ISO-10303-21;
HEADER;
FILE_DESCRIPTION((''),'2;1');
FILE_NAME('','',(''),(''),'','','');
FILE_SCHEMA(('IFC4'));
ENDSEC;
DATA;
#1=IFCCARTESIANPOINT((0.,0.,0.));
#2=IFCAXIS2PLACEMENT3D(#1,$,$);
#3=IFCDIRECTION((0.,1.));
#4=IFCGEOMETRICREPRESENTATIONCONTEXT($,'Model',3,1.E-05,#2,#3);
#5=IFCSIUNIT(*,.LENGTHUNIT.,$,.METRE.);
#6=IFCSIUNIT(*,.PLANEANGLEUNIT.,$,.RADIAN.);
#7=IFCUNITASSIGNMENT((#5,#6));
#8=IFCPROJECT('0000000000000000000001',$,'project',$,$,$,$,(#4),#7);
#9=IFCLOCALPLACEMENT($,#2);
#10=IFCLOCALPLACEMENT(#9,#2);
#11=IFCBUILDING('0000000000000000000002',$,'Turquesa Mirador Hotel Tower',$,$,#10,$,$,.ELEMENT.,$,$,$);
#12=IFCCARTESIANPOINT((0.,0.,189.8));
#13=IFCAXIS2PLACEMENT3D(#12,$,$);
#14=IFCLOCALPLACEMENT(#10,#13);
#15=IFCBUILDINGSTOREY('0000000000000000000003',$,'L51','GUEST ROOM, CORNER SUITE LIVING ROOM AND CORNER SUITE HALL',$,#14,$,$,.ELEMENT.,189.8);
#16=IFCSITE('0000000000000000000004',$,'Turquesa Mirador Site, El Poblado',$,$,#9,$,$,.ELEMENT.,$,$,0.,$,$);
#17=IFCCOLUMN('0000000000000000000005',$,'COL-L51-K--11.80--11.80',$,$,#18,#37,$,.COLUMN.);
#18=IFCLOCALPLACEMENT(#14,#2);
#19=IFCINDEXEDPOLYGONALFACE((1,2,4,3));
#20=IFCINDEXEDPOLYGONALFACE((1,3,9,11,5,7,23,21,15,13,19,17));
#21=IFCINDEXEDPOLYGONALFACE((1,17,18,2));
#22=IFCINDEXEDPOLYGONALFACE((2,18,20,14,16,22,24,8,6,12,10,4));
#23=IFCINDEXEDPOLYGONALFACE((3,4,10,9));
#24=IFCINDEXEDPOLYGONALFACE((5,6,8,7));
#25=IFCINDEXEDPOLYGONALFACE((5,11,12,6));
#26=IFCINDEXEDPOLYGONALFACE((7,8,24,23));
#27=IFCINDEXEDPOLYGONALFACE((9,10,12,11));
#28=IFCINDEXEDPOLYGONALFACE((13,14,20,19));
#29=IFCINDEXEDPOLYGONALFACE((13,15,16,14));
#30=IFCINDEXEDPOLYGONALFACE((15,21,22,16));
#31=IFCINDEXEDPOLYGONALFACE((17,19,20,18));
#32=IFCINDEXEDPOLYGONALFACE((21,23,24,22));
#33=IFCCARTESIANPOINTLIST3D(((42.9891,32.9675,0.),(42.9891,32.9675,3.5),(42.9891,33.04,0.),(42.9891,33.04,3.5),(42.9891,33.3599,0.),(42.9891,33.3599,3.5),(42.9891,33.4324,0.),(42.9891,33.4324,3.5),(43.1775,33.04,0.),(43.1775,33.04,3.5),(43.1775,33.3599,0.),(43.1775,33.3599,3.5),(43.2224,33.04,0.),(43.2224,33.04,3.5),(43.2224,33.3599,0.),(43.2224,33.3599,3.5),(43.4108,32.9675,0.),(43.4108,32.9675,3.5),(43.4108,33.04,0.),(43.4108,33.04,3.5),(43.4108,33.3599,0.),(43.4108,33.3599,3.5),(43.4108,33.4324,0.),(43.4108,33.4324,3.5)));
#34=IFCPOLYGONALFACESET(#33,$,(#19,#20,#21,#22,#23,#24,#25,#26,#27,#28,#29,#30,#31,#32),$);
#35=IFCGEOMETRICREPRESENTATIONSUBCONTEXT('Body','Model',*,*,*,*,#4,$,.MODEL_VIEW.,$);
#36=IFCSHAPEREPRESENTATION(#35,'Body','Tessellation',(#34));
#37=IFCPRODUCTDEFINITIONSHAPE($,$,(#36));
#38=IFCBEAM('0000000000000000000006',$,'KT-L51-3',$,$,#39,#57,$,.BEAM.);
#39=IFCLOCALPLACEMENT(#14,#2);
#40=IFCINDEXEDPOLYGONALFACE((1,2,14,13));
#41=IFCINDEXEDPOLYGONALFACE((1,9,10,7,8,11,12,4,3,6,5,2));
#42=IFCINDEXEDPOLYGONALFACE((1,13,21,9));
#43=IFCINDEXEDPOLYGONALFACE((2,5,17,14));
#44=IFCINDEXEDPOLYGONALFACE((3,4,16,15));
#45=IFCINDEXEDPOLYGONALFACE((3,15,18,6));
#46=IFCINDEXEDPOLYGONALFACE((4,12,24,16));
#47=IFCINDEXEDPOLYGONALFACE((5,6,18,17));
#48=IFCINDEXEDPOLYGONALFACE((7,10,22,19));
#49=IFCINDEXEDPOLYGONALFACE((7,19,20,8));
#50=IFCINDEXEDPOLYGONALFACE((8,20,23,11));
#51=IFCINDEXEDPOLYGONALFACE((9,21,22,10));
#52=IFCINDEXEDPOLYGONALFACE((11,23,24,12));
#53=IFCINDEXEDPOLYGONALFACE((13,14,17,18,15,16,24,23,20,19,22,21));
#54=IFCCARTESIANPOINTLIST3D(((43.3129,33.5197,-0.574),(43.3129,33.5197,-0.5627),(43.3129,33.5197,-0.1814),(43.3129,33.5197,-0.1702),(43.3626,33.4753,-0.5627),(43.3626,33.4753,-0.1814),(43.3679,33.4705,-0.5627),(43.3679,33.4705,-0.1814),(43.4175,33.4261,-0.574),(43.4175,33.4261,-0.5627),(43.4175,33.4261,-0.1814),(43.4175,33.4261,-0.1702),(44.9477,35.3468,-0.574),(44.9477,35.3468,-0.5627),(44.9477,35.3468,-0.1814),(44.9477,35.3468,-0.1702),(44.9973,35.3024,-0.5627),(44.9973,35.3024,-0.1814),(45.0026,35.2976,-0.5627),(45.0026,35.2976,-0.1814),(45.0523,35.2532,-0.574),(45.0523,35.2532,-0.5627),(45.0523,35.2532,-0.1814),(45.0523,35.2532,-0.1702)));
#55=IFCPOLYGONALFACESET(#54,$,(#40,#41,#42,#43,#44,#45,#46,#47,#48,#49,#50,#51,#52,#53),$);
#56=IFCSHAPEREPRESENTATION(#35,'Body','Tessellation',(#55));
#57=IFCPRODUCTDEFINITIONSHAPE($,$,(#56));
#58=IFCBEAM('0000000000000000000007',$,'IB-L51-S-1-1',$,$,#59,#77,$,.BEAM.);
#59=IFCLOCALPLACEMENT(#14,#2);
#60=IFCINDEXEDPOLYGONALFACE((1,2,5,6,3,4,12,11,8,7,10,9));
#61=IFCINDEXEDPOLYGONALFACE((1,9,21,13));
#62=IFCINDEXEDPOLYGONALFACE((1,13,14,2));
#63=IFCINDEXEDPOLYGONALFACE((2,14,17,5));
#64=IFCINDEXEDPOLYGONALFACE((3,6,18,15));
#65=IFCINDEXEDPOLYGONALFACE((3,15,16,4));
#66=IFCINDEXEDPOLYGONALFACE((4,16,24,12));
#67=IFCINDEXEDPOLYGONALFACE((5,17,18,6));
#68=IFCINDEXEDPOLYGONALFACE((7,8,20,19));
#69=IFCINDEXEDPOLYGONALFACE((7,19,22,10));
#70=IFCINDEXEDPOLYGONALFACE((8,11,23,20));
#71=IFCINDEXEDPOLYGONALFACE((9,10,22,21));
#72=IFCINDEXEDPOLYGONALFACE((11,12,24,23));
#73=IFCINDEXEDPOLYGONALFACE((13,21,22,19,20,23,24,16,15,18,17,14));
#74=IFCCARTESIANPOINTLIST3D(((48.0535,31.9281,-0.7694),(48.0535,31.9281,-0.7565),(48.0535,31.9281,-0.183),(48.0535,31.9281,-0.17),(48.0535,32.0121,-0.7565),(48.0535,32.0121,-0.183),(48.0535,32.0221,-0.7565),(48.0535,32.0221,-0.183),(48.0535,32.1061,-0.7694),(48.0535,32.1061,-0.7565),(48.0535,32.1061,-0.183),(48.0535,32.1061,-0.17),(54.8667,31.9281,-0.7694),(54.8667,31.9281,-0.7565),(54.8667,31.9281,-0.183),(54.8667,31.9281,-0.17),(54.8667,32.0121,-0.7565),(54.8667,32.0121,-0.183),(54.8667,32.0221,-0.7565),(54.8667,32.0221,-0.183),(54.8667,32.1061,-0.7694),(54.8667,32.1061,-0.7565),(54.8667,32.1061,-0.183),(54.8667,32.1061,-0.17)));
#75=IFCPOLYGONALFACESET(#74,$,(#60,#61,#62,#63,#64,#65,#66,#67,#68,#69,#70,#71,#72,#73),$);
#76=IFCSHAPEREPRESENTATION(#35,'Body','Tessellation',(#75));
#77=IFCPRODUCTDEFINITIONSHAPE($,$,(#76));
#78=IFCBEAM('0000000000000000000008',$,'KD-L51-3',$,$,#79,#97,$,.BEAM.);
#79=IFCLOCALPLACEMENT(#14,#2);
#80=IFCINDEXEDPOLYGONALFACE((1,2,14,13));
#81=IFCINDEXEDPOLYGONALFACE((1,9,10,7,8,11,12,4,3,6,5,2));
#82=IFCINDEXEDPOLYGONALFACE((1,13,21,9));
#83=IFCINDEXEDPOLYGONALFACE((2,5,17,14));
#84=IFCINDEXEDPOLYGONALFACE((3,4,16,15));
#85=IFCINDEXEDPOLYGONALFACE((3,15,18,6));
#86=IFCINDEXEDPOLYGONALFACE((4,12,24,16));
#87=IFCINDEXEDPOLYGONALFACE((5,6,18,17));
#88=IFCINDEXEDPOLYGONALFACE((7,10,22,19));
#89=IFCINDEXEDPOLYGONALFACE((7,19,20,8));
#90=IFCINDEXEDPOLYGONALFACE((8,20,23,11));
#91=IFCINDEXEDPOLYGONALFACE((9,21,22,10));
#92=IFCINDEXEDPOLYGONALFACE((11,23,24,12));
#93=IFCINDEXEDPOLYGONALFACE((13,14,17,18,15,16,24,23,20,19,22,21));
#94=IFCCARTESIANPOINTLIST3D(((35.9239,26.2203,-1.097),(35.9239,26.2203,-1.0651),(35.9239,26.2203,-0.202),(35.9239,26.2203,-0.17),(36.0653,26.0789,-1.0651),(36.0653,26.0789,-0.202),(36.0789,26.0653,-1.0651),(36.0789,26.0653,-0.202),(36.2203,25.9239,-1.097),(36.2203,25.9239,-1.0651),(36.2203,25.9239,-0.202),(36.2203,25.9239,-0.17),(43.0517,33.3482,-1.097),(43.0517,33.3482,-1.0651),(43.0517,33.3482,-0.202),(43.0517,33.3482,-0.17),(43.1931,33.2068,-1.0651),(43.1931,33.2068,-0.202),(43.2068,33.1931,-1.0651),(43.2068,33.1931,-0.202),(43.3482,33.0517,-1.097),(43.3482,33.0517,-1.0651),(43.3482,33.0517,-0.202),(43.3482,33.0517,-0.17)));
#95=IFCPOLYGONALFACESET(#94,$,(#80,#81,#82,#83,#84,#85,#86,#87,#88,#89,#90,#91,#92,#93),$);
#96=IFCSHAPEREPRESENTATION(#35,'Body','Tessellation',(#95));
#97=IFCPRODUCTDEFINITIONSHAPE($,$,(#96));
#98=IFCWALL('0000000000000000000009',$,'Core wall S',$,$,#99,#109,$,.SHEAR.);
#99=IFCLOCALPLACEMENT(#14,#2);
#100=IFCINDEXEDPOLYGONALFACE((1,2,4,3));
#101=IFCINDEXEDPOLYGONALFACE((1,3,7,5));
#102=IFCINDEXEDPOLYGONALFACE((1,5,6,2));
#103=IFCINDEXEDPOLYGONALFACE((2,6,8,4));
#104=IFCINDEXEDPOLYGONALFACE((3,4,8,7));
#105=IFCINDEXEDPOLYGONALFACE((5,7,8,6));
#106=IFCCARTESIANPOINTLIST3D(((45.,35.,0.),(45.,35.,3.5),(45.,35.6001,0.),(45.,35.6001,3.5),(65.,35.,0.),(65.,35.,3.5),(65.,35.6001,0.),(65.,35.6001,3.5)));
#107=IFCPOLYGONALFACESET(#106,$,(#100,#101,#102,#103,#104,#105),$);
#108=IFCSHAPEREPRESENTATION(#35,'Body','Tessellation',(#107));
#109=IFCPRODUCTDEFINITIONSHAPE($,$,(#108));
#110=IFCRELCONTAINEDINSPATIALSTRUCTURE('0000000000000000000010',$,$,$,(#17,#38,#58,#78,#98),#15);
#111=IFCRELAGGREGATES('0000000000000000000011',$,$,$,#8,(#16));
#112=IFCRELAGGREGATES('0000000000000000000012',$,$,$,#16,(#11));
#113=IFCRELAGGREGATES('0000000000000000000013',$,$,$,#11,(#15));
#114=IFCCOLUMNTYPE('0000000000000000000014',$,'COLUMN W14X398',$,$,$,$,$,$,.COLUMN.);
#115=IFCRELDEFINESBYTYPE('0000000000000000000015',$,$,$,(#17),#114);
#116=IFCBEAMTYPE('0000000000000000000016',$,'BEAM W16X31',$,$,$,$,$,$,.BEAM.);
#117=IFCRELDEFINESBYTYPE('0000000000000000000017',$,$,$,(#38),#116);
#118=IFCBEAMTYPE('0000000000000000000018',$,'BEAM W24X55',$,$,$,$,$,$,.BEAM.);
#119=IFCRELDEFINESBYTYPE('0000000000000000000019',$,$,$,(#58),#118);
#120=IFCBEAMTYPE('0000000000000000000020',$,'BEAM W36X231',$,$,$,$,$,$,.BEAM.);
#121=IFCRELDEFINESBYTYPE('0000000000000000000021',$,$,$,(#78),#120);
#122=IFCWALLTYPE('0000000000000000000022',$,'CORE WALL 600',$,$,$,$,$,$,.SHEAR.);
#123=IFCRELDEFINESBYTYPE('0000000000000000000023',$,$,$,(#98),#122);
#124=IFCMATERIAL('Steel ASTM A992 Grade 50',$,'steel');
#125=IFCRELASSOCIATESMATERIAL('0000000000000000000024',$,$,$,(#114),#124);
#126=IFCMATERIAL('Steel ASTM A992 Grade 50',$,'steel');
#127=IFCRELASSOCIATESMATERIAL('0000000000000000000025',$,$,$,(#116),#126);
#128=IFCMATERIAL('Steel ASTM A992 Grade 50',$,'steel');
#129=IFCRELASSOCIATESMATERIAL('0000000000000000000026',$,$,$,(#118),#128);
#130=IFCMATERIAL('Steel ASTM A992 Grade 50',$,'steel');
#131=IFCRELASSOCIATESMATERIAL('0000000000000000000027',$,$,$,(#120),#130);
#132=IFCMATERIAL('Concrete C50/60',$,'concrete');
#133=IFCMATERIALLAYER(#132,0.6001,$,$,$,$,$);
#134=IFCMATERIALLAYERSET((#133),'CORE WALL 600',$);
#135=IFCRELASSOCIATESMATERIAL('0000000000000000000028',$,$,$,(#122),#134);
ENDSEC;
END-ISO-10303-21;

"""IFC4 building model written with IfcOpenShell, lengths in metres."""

from ifc_helpers import new_model, si_unit, direction, frame, frame_2d, origin, origin_2d, place, context, subcontext, project, spatial, rectangle, i_section, extrude, material, layer, layer_set, material_profile, profile_set, type_object, element, save


model = new_model("IFC4")

# Units and contexts
model_context = context("Model", 3, precision=1e-05, world=origin(), true_north=direction((0.0, 1.0)))
body_context = subcontext(model_context, "Body", "Model", "MODEL_VIEW")
ifc_project = project(units=[si_unit("LENGTHUNIT", "METRE"), si_unit("PLANEANGLEUNIT", "RADIAN")], contexts=[model_context])

# Site, building, storey
site_placement = place(None, origin())
site = spatial("IfcSite", under=ifc_project, at=site_placement, Name="Turquesa Mirador Site, El Poblado", CompositionType="ELEMENT", RefElevation=0.0)
building_placement = place(site_placement, origin())
building = spatial("IfcBuilding", under=site, at=building_placement, Name="Turquesa Mirador Hotel Tower", CompositionType="ELEMENT")
storey_placement = place(building_placement, frame((0.0, 0.0, 189.8)))
storey = spatial("IfcBuildingStorey", under=building, at=storey_placement, Name="L51", Description="GUEST ROOM, CORNER SUITE LIVING ROOM AND CORNER SUITE HALL", CompositionType="ELEMENT", Elevation=189.8)

# Column
ifc_material_1 = material(Name="Steel ASTM A992 Grade 50", Category="steel")
ifc_material_profile_1 = material_profile(ifc_material_1, i_section(OverallWidth=0.4216, OverallDepth=0.4648, WebThickness=0.0449, FlangeThickness=0.0725, at=origin_2d()), Name="W14X398")
ifc_profile_set_1 = profile_set([ifc_material_profile_1], Name="Steel ASTM A992 Grade 50")
column_type = type_object("IfcColumnType", Name="COLUMN W14X398", PredefinedType="COLUMN", material=ifc_profile_set_1)
column_placement = place(storey_placement, frame((43.2, 33.2, 0.0), z_axis=(0.0, 0.0, 1.0), x_axis=(1.0, 0.0, 0.0)))
element("IfcColumn", 1, at=column_placement, inside=storey, type_object=column_type, Name="COL-L51-K--11.80--11.80", PredefinedType="COLUMN", context=body_context, shape_type="SweptSolid", body=[
    extrude(i_section(OverallWidth=0.4216, OverallDepth=0.4648, WebThickness=0.0449, FlangeThickness=0.0725, at=origin_2d()), origin(), (0.0, 0.0, 1.0), 3.5),
])

# Beams
ifc_material_2 = material(Name="Steel ASTM A992 Grade 50", Category="steel")
ifc_material_profile_2 = material_profile(ifc_material_2, i_section(OverallWidth=0.1404, OverallDepth=0.4038, WebThickness=0.0071, FlangeThickness=0.0112, at=origin_2d()), Name="W16X31")
ifc_profile_set_2 = profile_set([ifc_material_profile_2], Name="Steel ASTM A992 Grade 50")
beam_type_1 = type_object("IfcBeamType", Name="BEAM W16X31", PredefinedType="BEAM", material=ifc_profile_set_2)
beam_1_placement = place(storey_placement, frame((43.3652, 33.4729, -0.3721), z_axis=(0.666783, 0.745252, 0.0), x_axis=(-0.745252, 0.666783, 0.0)))
element("IfcBeam", 2, at=beam_1_placement, inside=storey, type_object=beam_type_1, Name="KT-L51-3", PredefinedType="BEAM", context=body_context, shape_type="SweptSolid", body=[
    extrude(i_section(OverallWidth=0.1404, OverallDepth=0.4038, WebThickness=0.0071, FlangeThickness=0.0112, at=origin_2d()), origin(), (0.0, 0.0, 1.0), 2.4517),
])
ifc_material_3 = material(Name="Steel ASTM A992 Grade 50", Category="steel")
ifc_material_profile_3 = material_profile(ifc_material_3, i_section(OverallWidth=0.178, OverallDepth=0.5994, WebThickness=0.01, FlangeThickness=0.0129, at=origin_2d()), Name="W24X55")
ifc_profile_set_3 = profile_set([ifc_material_profile_3], Name="Steel ASTM A992 Grade 50")
beam_type_2 = type_object("IfcBeamType", Name="BEAM W24X55", PredefinedType="BEAM", material=ifc_profile_set_3)
beam_2_placement = place(storey_placement, frame((48.0535, 32.0171, -0.4697), z_axis=(1.0, 0.0, 0.0), x_axis=(0.0, 1.0, 0.0)))
element("IfcBeam", 3, at=beam_2_placement, inside=storey, type_object=beam_type_2, Name="IB-L51-S-1-1", PredefinedType="BEAM", context=body_context, shape_type="SweptSolid", body=[
    extrude(i_section(OverallWidth=0.178, OverallDepth=0.5994, WebThickness=0.01, FlangeThickness=0.0129, at=origin_2d()), origin(), (0.0, 0.0, 1.0), 6.8132),
])
ifc_material_4 = material(Name="Steel ASTM A992 Grade 50", Category="steel")
ifc_material_profile_4 = material_profile(ifc_material_4, i_section(OverallWidth=0.4192, OverallDepth=0.927, WebThickness=0.0193, FlangeThickness=0.032, at=origin_2d()), Name="W36X231")
ifc_profile_set_4 = profile_set([ifc_material_profile_4], Name="Steel ASTM A992 Grade 50")
beam_type_3 = type_object("IfcBeamType", Name="BEAM W36X231", PredefinedType="BEAM", material=ifc_profile_set_4)
beam_3_placement = place(storey_placement, frame((43.2, 33.2, -0.6335), z_axis=(-0.707107, -0.707107, 0.0), x_axis=(0.707107, -0.707107, 0.0)))
element("IfcBeam", 4, at=beam_3_placement, inside=storey, type_object=beam_type_3, Name="KD-L51-3", PredefinedType="BEAM", context=body_context, shape_type="SweptSolid", body=[
    extrude(i_section(OverallWidth=0.4192, OverallDepth=0.927, WebThickness=0.0193, FlangeThickness=0.032, at=origin_2d()), origin(), (0.0, 0.0, 1.0), 10.0803),
])

# Wall
ifc_material_5 = material(Name="Concrete C50/60", Category="concrete")
ifc_layer_1 = layer(ifc_material_5, 0.6001)
ifc_layer_set_1 = layer_set([ifc_layer_1], Name="CORE WALL 600")
wall_type_1 = type_object("IfcWallType", Name="CORE WALL 600", PredefinedType="SHEAR", material=ifc_layer_set_1)
wall_1_placement = place(storey_placement, frame((45.0, 35.3, 0.0), z_axis=(0.0, 0.0, 1.0), x_axis=(1.0, 0.0, 0.0)))
element("IfcWall", 5, at=wall_1_placement, inside=storey, type_object=wall_type_1, Name="Core wall S", PredefinedType="SHEAR", context=body_context, shape_type="SweptSolid", body=[
    extrude(rectangle(XDim=20.0, YDim=0.6001, at=frame_2d((10.0, 0.0))), origin(), (0.0, 0.0, 1.0), 3.5),
])

save(model, "model.ifc")
